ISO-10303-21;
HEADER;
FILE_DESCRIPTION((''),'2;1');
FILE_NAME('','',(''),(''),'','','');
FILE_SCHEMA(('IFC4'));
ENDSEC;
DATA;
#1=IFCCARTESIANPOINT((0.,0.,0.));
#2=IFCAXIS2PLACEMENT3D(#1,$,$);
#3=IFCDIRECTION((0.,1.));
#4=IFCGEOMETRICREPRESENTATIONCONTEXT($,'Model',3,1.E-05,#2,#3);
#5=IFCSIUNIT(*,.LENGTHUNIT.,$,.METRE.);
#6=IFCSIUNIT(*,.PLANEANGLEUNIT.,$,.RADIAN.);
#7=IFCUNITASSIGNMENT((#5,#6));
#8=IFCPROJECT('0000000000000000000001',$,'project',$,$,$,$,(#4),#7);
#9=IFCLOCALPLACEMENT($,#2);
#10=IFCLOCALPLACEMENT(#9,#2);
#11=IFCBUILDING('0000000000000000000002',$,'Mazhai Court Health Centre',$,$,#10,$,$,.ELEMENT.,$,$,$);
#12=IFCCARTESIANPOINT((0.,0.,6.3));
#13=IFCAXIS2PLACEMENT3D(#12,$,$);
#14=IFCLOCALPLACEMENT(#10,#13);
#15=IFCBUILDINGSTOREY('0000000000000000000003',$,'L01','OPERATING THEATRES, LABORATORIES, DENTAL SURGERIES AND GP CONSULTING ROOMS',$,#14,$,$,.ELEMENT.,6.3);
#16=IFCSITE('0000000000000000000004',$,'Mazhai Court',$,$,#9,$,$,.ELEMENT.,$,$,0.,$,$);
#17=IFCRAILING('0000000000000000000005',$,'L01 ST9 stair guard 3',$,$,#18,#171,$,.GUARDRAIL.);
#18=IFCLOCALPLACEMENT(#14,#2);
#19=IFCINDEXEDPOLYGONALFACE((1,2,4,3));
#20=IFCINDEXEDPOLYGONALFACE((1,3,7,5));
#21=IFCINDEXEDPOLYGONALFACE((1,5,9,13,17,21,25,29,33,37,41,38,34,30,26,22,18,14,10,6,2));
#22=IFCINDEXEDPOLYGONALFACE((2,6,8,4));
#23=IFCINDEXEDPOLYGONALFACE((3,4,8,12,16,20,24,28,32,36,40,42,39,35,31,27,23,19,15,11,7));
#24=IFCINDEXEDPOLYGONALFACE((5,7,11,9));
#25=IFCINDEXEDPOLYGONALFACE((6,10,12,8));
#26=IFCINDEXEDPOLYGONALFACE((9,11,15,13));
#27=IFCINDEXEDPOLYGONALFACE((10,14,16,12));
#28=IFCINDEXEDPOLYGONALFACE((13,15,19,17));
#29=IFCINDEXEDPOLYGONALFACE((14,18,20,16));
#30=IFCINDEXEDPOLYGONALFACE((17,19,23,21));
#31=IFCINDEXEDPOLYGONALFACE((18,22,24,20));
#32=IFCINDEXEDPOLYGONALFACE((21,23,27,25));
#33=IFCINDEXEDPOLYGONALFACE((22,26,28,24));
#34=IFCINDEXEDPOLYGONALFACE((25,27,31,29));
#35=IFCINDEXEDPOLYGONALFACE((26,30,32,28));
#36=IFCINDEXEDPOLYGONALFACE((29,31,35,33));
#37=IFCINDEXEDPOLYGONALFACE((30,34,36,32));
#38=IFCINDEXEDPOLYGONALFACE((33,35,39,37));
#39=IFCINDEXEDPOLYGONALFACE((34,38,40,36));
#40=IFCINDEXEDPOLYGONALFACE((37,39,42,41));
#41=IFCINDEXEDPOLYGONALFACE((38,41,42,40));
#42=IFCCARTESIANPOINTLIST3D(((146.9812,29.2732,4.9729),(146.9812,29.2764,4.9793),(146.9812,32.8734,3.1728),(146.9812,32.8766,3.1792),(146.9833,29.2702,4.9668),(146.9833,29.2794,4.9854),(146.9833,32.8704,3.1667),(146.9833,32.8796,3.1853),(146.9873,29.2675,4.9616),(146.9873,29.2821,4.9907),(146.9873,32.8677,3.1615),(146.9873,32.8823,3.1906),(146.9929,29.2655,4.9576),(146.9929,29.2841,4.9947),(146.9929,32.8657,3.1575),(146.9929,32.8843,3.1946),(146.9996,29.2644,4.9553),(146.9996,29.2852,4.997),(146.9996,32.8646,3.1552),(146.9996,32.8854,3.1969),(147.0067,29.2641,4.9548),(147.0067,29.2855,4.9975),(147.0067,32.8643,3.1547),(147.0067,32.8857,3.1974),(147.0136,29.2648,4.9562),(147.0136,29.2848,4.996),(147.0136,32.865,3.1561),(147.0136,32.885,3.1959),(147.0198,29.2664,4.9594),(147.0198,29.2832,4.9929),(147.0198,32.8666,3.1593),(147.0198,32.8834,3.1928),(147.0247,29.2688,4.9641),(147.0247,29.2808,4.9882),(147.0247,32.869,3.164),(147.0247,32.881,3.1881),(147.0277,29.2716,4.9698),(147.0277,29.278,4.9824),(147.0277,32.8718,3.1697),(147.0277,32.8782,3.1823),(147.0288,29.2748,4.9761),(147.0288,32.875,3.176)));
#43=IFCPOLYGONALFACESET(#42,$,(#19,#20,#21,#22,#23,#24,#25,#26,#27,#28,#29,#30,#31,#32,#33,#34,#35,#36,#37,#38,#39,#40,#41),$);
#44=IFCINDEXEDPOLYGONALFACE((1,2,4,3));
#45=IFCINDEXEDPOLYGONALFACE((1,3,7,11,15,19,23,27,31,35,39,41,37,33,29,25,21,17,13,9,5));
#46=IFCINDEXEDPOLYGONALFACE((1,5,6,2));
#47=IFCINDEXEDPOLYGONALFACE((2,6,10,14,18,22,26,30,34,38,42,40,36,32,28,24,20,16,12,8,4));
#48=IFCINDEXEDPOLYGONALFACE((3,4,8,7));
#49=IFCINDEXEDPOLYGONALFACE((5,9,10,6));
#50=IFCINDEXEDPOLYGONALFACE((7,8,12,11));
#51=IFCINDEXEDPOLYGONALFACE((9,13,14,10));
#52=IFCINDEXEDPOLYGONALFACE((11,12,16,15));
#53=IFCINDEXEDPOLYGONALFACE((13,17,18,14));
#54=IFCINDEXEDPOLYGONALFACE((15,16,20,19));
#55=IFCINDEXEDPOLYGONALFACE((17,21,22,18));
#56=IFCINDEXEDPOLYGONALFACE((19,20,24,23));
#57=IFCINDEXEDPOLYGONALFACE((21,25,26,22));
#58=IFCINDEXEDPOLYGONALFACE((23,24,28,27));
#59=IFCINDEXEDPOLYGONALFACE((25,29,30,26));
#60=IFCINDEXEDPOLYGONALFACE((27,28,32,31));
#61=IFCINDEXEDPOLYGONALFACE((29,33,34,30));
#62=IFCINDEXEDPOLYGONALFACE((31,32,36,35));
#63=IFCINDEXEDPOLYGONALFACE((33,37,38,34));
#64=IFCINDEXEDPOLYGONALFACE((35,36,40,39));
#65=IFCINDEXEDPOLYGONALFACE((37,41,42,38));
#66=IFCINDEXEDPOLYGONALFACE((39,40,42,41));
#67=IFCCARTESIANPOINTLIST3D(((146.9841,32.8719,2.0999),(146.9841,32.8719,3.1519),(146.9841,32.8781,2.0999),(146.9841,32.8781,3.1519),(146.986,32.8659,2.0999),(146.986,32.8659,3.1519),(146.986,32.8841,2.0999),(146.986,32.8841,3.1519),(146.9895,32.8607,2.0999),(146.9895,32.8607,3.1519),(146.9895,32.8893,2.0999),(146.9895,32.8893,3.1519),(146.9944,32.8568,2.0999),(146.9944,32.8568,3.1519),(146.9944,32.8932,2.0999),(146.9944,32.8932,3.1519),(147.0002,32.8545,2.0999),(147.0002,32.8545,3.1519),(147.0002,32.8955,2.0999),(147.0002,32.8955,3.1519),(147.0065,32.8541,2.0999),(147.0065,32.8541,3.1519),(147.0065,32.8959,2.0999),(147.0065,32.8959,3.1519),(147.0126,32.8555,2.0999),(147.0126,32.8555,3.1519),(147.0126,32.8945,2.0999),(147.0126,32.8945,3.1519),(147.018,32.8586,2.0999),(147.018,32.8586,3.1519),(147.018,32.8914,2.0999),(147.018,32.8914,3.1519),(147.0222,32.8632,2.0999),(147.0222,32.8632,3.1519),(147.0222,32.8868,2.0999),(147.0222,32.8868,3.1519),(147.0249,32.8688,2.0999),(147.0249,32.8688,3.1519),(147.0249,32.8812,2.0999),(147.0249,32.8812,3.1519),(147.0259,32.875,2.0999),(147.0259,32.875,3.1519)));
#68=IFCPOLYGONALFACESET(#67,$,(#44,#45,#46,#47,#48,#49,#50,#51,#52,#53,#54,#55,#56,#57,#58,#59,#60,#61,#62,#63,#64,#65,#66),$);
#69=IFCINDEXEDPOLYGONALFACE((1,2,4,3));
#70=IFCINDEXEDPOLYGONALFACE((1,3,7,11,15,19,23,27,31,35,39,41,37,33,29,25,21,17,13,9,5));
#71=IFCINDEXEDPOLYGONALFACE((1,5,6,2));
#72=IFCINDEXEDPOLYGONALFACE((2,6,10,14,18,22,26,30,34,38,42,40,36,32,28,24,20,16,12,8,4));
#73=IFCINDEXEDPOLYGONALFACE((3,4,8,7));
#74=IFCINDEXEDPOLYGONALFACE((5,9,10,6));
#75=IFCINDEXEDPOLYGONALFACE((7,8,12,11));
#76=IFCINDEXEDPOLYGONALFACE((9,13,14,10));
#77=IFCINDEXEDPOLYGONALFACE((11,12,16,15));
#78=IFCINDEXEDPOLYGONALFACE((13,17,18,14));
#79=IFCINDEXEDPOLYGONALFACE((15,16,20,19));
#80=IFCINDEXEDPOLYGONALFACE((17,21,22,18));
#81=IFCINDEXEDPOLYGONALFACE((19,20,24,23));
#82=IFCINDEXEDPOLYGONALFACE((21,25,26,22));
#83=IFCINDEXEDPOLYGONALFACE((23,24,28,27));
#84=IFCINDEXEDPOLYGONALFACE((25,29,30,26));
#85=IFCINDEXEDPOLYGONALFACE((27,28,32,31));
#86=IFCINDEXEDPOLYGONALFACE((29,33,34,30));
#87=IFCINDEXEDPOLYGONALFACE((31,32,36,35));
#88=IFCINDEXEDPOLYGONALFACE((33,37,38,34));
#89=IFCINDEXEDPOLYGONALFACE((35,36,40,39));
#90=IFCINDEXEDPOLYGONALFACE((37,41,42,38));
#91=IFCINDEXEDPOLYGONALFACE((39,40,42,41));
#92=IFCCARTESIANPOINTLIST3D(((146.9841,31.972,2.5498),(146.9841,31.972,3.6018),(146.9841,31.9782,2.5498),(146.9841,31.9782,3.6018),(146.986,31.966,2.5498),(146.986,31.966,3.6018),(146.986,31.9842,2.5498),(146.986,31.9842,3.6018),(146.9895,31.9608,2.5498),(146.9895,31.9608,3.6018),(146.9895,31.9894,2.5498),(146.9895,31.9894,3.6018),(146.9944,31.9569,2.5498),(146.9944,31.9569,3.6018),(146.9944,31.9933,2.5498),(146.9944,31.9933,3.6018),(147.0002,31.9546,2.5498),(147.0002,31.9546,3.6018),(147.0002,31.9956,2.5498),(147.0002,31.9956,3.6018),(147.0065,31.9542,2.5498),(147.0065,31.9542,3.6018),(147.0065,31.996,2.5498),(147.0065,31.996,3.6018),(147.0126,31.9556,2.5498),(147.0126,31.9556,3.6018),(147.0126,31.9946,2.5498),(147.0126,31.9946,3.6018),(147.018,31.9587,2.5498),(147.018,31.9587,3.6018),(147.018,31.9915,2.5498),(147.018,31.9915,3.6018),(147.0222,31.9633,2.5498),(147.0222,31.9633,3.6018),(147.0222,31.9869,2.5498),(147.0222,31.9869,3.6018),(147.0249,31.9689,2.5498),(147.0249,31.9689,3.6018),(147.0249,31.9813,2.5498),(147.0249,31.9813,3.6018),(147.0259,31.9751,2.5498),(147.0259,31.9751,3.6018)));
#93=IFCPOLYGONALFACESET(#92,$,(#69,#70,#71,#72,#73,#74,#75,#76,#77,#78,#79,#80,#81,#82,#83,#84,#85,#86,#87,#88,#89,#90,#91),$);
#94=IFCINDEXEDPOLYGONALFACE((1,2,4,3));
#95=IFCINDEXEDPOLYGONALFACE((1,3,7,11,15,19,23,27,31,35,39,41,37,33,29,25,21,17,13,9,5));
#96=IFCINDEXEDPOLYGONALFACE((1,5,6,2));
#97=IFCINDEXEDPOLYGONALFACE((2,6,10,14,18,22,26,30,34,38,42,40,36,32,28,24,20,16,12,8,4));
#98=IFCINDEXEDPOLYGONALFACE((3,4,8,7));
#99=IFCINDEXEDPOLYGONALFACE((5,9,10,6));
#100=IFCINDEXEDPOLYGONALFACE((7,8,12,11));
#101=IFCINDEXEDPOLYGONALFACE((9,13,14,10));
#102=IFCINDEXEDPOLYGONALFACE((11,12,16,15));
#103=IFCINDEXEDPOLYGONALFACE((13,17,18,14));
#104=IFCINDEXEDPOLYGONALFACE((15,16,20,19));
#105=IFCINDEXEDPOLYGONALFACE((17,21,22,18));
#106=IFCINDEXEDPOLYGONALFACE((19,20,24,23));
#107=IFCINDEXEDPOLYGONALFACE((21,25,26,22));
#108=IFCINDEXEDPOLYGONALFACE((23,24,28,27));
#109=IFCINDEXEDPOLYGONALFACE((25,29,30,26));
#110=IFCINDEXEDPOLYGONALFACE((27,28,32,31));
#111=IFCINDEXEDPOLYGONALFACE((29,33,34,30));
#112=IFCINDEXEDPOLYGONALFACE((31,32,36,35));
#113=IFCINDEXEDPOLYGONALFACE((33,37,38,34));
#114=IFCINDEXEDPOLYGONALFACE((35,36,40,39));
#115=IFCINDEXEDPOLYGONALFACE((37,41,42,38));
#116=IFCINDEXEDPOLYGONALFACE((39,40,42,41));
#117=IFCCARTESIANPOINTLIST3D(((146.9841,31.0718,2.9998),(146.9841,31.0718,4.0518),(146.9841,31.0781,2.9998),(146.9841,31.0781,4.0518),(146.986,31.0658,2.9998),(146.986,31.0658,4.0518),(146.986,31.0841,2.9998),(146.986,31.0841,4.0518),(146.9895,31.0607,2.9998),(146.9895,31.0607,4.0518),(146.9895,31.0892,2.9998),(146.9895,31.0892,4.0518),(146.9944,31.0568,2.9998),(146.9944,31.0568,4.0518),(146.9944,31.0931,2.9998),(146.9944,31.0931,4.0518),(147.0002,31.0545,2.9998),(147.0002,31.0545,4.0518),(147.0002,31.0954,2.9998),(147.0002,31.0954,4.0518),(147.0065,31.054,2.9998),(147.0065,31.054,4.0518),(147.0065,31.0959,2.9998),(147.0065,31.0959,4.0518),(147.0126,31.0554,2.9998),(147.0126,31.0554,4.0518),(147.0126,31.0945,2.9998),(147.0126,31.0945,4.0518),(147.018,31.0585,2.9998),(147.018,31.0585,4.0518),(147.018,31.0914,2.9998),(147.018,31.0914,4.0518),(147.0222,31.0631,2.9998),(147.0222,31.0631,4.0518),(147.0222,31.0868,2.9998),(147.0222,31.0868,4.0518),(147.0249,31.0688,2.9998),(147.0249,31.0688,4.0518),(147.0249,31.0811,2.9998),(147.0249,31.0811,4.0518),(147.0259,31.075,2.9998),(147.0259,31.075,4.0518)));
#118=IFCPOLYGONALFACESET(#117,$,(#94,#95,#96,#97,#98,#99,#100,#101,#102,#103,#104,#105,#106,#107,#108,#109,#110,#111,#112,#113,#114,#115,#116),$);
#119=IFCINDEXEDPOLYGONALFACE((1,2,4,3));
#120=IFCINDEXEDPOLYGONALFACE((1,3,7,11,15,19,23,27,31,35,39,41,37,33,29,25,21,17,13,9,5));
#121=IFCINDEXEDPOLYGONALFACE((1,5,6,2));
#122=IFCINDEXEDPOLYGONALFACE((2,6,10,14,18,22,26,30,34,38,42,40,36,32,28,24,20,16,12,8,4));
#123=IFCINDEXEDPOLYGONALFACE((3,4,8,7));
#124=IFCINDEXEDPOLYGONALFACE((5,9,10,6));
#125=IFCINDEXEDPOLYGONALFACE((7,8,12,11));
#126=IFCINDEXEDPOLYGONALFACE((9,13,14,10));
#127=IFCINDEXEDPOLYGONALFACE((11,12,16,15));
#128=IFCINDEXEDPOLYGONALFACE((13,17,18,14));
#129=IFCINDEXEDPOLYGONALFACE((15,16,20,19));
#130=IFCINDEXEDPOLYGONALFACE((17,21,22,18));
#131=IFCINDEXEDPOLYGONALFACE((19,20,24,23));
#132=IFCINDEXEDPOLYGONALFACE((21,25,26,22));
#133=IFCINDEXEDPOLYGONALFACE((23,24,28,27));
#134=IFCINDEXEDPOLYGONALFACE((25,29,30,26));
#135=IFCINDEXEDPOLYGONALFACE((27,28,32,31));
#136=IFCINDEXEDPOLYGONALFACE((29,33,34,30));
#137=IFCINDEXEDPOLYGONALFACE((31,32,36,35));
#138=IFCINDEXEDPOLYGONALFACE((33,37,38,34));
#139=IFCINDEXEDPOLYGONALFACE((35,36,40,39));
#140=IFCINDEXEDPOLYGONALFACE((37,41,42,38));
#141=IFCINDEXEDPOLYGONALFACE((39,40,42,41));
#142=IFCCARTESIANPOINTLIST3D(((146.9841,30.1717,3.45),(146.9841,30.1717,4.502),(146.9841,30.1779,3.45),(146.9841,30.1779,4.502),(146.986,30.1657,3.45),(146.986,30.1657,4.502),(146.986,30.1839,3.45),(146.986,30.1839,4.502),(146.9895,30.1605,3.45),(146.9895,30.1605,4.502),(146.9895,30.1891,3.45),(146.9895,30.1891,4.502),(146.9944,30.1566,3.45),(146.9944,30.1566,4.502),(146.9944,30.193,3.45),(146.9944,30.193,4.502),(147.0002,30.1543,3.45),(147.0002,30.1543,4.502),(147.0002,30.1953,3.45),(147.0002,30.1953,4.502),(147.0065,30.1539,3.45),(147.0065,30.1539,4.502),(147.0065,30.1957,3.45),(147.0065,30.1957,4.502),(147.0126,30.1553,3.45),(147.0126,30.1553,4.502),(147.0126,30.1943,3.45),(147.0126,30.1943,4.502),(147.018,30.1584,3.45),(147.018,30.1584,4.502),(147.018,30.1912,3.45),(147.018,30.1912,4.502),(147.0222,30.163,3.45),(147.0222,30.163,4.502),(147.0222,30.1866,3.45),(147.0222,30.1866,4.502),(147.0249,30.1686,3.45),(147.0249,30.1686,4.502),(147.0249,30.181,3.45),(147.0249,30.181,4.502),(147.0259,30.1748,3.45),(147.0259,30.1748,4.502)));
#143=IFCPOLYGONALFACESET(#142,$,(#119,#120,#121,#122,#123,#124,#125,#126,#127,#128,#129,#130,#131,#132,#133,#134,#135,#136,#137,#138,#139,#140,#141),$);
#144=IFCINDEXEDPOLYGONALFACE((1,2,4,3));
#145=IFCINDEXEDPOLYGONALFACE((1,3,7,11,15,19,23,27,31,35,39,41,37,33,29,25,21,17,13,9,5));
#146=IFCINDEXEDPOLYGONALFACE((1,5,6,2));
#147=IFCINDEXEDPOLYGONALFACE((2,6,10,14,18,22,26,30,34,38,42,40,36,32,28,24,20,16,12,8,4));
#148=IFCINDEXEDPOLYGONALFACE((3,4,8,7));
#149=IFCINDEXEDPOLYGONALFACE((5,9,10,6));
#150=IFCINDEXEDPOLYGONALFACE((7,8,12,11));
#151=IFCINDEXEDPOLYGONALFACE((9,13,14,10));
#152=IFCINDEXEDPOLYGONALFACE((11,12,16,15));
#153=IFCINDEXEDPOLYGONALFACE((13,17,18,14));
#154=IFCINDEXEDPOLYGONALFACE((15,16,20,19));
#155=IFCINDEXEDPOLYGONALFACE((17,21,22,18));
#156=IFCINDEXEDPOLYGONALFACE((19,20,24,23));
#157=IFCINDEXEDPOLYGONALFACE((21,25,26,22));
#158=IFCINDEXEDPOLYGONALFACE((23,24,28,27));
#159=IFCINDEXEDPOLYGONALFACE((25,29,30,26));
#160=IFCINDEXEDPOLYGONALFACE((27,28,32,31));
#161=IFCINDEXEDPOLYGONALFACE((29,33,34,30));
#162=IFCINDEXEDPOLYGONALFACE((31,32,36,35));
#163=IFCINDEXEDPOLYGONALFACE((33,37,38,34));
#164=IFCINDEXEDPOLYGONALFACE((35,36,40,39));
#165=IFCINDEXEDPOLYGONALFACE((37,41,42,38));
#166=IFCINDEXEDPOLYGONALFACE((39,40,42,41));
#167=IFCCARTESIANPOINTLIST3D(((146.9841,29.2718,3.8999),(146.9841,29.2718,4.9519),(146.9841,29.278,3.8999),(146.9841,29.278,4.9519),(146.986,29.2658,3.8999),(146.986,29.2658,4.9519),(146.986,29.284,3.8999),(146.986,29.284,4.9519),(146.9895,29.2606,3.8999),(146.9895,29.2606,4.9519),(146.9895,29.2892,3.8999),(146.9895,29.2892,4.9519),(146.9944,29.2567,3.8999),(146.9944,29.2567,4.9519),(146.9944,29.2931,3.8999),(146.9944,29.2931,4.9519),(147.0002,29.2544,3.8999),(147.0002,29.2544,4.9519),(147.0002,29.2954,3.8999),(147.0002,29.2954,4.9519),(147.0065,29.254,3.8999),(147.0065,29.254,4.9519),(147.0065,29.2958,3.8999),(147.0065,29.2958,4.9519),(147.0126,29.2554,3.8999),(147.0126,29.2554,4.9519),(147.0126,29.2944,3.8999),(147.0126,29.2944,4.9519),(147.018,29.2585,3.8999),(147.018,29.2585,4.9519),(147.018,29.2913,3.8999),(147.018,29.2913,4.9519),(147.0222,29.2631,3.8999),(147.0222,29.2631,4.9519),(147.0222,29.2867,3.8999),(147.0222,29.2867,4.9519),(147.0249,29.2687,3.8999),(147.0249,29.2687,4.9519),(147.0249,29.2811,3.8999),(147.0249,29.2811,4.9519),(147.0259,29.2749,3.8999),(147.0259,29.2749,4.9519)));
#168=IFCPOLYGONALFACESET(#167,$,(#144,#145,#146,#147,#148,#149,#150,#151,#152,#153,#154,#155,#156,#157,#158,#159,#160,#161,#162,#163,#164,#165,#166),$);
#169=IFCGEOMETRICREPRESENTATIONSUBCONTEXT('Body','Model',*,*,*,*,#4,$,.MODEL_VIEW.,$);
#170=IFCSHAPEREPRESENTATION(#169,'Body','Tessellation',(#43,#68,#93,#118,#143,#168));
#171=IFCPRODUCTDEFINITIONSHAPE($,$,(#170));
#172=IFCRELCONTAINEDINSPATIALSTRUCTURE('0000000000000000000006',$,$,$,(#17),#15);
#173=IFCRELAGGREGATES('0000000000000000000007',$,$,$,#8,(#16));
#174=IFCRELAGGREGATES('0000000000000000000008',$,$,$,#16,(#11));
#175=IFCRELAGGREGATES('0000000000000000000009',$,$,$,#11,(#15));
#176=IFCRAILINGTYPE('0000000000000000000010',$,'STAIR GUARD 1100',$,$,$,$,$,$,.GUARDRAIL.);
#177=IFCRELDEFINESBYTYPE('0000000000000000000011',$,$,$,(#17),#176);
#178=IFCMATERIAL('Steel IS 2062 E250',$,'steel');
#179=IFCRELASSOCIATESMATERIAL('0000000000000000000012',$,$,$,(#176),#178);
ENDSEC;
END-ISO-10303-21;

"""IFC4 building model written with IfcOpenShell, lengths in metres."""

from ifc_helpers import new_model, si_unit, direction, frame, origin, origin_2d, place, context, subcontext, project, spatial, circle, extrude, material, type_object, element, save


model = new_model("IFC4")

# Units and contexts
model_context = context("Model", 3, precision=1e-05, world=origin(), true_north=direction((0.0, 1.0)))
body_context = subcontext(model_context, "Body", "Model", "MODEL_VIEW")
ifc_project = project(units=[si_unit("LENGTHUNIT", "METRE"), si_unit("PLANEANGLEUNIT", "RADIAN")], contexts=[model_context])

# Site, building, storey
site_placement = place(None, origin())
site = spatial("IfcSite", under=ifc_project, at=site_placement, Name="Mazhai Court", CompositionType="ELEMENT", RefElevation=0.0)
building_placement = place(site_placement, origin())
building = spatial("IfcBuilding", under=site, at=building_placement, Name="Mazhai Court Health Centre", CompositionType="ELEMENT")
storey_placement = place(building_placement, frame((0.0, 0.0, 6.3)))
storey = spatial("IfcBuildingStorey", under=building, at=storey_placement, Name="L01", Description="OPERATING THEATRES, LABORATORIES, DENTAL SURGERIES AND GP CONSULTING ROOMS", CompositionType="ELEMENT", Elevation=6.3)

# Railing
ifc_material_1 = material(Name="Steel IS 2062 E250", Category="steel")
railing_type_1 = type_object("IfcRailingType", Name="STAIR GUARD 1100", PredefinedType="GUARDRAIL", material=ifc_material_1)
railing_1_placement = place(storey_placement, frame((147.0049, 32.875, 2.0999)))
element("IfcRailing", 1, at=railing_1_placement, inside=storey, type_object=railing_type_1, Name="L01 ST9 stair guard 3", PredefinedType="GUARDRAIL", context=body_context, shape_type="SweptSolid", body=[
    extrude(circle(Radius=0.0239, at=origin_2d()), frame((0.0, 0.0, 1.0762), z_axis=(0.0, -0.894427, 0.447214), x_axis=(1.0, 0.0, 0.0)), (0.0, 0.0, 1.0), 4.0251),
    extrude(circle(Radius=0.021, at=origin_2d()), origin(), (0.0, 0.0, 1.0), 1.052),
    extrude(circle(Radius=0.021, at=origin_2d()), frame((0.0, -0.8999, 0.45)), (0.0, 0.0, 1.0), 1.052),
    extrude(circle(Radius=0.021, at=origin_2d()), frame((0.0, -1.8, 0.8999)), (0.0, 0.0, 1.0), 1.052),
    extrude(circle(Radius=0.021, at=origin_2d()), frame((0.0, -2.7002, 1.3501)), (0.0, 0.0, 1.0), 1.052),
    extrude(circle(Radius=0.021, at=origin_2d()), frame((0.0, -3.6001, 1.8)), (0.0, 0.0, 1.0), 1.052),
])

save(model, "model.ifc")
